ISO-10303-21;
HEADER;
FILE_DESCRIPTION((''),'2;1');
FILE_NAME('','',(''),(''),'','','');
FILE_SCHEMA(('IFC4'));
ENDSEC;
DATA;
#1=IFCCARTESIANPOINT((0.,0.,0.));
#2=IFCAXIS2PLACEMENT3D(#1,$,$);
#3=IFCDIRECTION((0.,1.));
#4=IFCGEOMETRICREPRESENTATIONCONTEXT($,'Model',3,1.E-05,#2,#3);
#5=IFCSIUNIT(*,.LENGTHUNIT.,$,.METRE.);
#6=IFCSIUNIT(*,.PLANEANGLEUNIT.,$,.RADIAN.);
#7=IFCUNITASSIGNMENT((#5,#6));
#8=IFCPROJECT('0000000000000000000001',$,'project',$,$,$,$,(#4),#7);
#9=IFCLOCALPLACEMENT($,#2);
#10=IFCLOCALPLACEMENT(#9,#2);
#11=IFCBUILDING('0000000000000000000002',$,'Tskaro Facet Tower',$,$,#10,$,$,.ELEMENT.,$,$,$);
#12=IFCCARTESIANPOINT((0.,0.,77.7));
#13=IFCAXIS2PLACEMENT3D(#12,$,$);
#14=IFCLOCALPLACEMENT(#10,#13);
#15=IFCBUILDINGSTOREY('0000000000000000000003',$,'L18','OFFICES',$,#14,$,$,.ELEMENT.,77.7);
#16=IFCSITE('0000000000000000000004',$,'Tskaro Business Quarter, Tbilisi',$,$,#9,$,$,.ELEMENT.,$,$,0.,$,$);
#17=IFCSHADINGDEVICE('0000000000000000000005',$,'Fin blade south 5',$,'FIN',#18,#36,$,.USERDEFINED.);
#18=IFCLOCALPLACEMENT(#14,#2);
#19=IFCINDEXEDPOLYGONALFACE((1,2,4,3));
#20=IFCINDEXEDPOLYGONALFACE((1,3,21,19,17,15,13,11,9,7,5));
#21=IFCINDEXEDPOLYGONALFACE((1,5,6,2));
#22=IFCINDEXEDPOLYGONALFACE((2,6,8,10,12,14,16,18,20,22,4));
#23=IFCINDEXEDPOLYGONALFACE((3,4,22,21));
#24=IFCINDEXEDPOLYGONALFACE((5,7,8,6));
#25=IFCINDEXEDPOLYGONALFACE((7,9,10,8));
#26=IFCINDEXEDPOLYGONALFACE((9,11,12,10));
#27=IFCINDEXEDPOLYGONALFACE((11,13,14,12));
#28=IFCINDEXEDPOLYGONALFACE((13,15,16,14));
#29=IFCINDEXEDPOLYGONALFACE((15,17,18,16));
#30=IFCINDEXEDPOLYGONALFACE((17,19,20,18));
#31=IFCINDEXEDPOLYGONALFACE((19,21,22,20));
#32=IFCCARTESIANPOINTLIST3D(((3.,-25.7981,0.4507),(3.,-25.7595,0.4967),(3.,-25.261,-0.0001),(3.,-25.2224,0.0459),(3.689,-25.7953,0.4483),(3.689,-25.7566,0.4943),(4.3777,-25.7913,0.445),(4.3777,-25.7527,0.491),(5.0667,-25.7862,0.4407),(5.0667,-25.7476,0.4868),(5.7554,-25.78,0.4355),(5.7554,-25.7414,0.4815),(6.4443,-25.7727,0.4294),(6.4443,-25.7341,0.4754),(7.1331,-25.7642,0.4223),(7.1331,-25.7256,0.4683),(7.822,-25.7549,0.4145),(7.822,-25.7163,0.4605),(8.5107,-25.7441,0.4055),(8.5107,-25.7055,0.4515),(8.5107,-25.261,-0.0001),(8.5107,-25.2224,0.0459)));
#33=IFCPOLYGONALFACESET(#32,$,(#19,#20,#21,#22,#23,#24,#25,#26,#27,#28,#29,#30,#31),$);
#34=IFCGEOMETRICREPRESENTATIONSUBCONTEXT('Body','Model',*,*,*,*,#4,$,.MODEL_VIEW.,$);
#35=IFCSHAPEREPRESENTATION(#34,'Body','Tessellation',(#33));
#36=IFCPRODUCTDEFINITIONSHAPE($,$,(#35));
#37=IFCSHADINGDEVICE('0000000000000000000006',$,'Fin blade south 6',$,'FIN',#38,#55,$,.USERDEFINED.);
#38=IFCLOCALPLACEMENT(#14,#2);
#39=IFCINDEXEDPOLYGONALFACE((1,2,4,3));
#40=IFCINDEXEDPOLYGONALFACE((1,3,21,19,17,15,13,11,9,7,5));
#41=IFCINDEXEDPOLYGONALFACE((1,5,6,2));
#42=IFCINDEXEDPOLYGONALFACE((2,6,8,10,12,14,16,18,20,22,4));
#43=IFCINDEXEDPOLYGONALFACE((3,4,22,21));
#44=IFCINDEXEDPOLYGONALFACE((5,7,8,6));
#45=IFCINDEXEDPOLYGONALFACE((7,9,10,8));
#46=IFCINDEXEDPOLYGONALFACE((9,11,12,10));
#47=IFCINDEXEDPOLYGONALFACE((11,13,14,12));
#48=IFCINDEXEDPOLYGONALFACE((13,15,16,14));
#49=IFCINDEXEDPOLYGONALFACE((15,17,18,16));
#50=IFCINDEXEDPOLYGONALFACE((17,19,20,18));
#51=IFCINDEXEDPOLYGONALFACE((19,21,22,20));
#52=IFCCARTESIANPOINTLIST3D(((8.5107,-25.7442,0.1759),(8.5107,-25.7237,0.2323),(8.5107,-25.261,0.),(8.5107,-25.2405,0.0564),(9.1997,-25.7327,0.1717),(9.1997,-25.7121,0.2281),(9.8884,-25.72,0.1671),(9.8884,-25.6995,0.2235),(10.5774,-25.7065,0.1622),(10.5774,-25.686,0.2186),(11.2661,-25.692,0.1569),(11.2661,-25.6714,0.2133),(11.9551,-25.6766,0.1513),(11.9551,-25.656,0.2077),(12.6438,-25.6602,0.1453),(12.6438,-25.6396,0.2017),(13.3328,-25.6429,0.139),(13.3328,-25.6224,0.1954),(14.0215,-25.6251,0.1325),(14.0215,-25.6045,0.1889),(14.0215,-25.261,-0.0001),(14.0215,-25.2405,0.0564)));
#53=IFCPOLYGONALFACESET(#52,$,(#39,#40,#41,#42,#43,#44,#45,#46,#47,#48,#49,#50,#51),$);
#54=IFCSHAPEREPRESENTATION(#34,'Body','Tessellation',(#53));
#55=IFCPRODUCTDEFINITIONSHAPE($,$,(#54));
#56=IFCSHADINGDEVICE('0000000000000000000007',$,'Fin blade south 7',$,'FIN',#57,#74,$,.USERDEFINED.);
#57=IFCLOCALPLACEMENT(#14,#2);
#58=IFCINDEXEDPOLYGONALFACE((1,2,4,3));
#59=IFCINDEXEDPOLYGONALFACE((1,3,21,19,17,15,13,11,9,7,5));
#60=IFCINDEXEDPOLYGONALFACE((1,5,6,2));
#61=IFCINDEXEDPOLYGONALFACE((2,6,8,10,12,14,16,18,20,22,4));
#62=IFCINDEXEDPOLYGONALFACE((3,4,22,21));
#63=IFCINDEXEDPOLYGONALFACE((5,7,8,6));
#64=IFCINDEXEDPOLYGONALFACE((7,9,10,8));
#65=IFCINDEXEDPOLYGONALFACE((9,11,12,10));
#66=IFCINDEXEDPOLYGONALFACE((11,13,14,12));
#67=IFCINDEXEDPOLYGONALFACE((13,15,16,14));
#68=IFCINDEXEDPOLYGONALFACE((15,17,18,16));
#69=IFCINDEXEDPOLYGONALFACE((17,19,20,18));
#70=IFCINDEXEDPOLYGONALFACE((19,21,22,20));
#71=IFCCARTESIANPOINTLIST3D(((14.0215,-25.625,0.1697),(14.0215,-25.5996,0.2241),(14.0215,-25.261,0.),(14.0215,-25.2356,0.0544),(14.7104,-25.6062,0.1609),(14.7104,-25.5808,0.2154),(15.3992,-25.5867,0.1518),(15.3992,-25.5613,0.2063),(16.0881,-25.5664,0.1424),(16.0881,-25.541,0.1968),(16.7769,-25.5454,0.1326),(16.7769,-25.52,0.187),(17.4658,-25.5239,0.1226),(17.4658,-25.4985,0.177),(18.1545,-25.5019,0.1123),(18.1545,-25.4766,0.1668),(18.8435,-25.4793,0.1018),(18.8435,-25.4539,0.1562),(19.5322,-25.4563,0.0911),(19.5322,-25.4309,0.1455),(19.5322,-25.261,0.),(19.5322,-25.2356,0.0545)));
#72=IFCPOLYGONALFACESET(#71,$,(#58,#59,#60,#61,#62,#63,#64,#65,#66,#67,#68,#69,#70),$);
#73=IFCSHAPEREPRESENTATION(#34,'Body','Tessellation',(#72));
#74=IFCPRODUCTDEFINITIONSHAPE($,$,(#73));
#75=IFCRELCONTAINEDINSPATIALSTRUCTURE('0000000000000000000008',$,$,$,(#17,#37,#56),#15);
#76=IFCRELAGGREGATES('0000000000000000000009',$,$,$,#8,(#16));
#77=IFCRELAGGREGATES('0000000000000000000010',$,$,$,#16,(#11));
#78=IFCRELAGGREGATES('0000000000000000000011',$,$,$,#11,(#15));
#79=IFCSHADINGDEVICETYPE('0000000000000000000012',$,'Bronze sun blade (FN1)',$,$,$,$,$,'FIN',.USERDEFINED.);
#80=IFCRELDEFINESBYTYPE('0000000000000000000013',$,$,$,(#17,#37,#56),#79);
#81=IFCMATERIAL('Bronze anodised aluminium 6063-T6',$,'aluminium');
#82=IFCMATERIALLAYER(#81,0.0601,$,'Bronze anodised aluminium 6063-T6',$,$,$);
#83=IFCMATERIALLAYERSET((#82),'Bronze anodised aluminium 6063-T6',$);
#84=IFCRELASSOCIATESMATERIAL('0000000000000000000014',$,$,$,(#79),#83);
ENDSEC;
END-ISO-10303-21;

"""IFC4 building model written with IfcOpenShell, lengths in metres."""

from ifc_helpers import new_model, si_unit, direction, frame, origin, place, context, subcontext, project, spatial, polyline, outline, extrude, material, layer, layer_set, type_object, element, save


model = new_model("IFC4")

# Units and contexts
model_context = context("Model", 3, precision=1e-05, world=origin(), true_north=direction((0.0, 1.0)))
body_context = subcontext(model_context, "Body", "Model", "MODEL_VIEW")
ifc_project = project(units=[si_unit("LENGTHUNIT", "METRE"), si_unit("PLANEANGLEUNIT", "RADIAN")], contexts=[model_context])

# Site, building, storey
site_placement = place(None, origin())
site = spatial("IfcSite", under=ifc_project, at=site_placement, Name="Tskaro Business Quarter, Tbilisi", CompositionType="ELEMENT", RefElevation=0.0)
building_placement = place(site_placement, origin())
building = spatial("IfcBuilding", under=site, at=building_placement, Name="Tskaro Facet Tower", CompositionType="ELEMENT")
storey_placement = place(building_placement, frame((0.0, 0.0, 77.7)))
storey = spatial("IfcBuildingStorey", under=building, at=storey_placement, Name="L18", Description="OFFICES", CompositionType="ELEMENT", Elevation=77.7)

# Shared definitions
ifc_material_1 = material(Name="Bronze anodised aluminium 6063-T6", Category="aluminium")

# Shading devices
ifc_layer_1 = layer(ifc_material_1, 0.0601, Name="Bronze anodised aluminium 6063-T6")
ifc_layer_set_1 = layer_set([ifc_layer_1], Name="Bronze anodised aluminium 6063-T6")
shading_device_type = type_object("IfcShadingDeviceType", Name="Bronze sun blade (FN1)", ElementType="FIN", PredefinedType="USERDEFINED", material=ifc_layer_set_1)
shading_device_1_placement = place(storey_placement, frame((3.0, -25.2224, 0.0459), z_axis=(-0.000009, 0.642901, 0.765949), x_axis=(1.0, 0.000006, 0.000007)))
element("IfcShadingDevice", 1, at=shading_device_1_placement, inside=storey, type_object=shading_device_type, Name="Fin blade south 5", ObjectType="FIN", PredefinedType="USERDEFINED", context=body_context, shape_type="SweptSolid", body=[
    extrude(outline(polyline([(0.0, 0.0), (5.5107, 0.0), (5.5107, -0.6308), (4.822, -0.6448), (4.1331, -0.6569), (3.4443, -0.668), (2.7554, -0.6776), (2.0667, -0.6857), (1.3777, -0.6923), (0.689, -0.6975), (0.0, -0.7011), (0.0, 0.0)])), origin(), (0.0, 0.0, -1.0), 0.0601),
])
shading_device_2_placement = place(storey_placement, frame((8.5107, -25.2405, 0.0564), z_axis=(0.000007, 0.342173, 0.939637), x_axis=(1.0, -0.000002, -0.000007)))
element("IfcShadingDevice", 2, at=shading_device_2_placement, inside=storey, type_object=shading_device_type, Name="Fin blade south 6", ObjectType="FIN", PredefinedType="USERDEFINED", context=body_context, shape_type="SweptSolid", body=[
    extrude(outline(polyline([(0.0, 0.0), (5.5107, 0.0), (5.5107, -0.3874), (4.822, -0.4064), (4.1331, -0.4248), (3.4443, -0.4422), (2.7554, -0.4586), (2.0667, -0.4741), (1.3777, -0.4885), (0.689, -0.5019), (0.0, -0.5142), (0.0, 0.0)])), origin(), (0.0, 0.0, -1.0), 0.0601),
])
shading_device_3_placement = place(storey_placement, frame((14.0215, -25.2356, 0.0544), z_axis=(-0.000002, 0.422497, 0.906364), x_axis=(1.0, 0.000001, 0.000002)))
element("IfcShadingDevice", 3, at=shading_device_3_placement, inside=storey, type_object=shading_device_type, Name="Fin blade south 7", ObjectType="FIN", PredefinedType="USERDEFINED", context=body_context, shape_type="SweptSolid", body=[
    extrude(outline(polyline([(0.0, 0.0), (5.5107, 0.0), (5.5107, -0.2155), (4.822, -0.2408), (4.1331, -0.2659), (3.4443, -0.2901), (2.7554, -0.3138), (2.0667, -0.337), (1.3777, -0.3593), (0.689, -0.3809), (0.0, -0.4016), (0.0, 0.0)])), origin(), (0.0, 0.0, -1.0), 0.0601),
])

save(model, "model.ifc")
